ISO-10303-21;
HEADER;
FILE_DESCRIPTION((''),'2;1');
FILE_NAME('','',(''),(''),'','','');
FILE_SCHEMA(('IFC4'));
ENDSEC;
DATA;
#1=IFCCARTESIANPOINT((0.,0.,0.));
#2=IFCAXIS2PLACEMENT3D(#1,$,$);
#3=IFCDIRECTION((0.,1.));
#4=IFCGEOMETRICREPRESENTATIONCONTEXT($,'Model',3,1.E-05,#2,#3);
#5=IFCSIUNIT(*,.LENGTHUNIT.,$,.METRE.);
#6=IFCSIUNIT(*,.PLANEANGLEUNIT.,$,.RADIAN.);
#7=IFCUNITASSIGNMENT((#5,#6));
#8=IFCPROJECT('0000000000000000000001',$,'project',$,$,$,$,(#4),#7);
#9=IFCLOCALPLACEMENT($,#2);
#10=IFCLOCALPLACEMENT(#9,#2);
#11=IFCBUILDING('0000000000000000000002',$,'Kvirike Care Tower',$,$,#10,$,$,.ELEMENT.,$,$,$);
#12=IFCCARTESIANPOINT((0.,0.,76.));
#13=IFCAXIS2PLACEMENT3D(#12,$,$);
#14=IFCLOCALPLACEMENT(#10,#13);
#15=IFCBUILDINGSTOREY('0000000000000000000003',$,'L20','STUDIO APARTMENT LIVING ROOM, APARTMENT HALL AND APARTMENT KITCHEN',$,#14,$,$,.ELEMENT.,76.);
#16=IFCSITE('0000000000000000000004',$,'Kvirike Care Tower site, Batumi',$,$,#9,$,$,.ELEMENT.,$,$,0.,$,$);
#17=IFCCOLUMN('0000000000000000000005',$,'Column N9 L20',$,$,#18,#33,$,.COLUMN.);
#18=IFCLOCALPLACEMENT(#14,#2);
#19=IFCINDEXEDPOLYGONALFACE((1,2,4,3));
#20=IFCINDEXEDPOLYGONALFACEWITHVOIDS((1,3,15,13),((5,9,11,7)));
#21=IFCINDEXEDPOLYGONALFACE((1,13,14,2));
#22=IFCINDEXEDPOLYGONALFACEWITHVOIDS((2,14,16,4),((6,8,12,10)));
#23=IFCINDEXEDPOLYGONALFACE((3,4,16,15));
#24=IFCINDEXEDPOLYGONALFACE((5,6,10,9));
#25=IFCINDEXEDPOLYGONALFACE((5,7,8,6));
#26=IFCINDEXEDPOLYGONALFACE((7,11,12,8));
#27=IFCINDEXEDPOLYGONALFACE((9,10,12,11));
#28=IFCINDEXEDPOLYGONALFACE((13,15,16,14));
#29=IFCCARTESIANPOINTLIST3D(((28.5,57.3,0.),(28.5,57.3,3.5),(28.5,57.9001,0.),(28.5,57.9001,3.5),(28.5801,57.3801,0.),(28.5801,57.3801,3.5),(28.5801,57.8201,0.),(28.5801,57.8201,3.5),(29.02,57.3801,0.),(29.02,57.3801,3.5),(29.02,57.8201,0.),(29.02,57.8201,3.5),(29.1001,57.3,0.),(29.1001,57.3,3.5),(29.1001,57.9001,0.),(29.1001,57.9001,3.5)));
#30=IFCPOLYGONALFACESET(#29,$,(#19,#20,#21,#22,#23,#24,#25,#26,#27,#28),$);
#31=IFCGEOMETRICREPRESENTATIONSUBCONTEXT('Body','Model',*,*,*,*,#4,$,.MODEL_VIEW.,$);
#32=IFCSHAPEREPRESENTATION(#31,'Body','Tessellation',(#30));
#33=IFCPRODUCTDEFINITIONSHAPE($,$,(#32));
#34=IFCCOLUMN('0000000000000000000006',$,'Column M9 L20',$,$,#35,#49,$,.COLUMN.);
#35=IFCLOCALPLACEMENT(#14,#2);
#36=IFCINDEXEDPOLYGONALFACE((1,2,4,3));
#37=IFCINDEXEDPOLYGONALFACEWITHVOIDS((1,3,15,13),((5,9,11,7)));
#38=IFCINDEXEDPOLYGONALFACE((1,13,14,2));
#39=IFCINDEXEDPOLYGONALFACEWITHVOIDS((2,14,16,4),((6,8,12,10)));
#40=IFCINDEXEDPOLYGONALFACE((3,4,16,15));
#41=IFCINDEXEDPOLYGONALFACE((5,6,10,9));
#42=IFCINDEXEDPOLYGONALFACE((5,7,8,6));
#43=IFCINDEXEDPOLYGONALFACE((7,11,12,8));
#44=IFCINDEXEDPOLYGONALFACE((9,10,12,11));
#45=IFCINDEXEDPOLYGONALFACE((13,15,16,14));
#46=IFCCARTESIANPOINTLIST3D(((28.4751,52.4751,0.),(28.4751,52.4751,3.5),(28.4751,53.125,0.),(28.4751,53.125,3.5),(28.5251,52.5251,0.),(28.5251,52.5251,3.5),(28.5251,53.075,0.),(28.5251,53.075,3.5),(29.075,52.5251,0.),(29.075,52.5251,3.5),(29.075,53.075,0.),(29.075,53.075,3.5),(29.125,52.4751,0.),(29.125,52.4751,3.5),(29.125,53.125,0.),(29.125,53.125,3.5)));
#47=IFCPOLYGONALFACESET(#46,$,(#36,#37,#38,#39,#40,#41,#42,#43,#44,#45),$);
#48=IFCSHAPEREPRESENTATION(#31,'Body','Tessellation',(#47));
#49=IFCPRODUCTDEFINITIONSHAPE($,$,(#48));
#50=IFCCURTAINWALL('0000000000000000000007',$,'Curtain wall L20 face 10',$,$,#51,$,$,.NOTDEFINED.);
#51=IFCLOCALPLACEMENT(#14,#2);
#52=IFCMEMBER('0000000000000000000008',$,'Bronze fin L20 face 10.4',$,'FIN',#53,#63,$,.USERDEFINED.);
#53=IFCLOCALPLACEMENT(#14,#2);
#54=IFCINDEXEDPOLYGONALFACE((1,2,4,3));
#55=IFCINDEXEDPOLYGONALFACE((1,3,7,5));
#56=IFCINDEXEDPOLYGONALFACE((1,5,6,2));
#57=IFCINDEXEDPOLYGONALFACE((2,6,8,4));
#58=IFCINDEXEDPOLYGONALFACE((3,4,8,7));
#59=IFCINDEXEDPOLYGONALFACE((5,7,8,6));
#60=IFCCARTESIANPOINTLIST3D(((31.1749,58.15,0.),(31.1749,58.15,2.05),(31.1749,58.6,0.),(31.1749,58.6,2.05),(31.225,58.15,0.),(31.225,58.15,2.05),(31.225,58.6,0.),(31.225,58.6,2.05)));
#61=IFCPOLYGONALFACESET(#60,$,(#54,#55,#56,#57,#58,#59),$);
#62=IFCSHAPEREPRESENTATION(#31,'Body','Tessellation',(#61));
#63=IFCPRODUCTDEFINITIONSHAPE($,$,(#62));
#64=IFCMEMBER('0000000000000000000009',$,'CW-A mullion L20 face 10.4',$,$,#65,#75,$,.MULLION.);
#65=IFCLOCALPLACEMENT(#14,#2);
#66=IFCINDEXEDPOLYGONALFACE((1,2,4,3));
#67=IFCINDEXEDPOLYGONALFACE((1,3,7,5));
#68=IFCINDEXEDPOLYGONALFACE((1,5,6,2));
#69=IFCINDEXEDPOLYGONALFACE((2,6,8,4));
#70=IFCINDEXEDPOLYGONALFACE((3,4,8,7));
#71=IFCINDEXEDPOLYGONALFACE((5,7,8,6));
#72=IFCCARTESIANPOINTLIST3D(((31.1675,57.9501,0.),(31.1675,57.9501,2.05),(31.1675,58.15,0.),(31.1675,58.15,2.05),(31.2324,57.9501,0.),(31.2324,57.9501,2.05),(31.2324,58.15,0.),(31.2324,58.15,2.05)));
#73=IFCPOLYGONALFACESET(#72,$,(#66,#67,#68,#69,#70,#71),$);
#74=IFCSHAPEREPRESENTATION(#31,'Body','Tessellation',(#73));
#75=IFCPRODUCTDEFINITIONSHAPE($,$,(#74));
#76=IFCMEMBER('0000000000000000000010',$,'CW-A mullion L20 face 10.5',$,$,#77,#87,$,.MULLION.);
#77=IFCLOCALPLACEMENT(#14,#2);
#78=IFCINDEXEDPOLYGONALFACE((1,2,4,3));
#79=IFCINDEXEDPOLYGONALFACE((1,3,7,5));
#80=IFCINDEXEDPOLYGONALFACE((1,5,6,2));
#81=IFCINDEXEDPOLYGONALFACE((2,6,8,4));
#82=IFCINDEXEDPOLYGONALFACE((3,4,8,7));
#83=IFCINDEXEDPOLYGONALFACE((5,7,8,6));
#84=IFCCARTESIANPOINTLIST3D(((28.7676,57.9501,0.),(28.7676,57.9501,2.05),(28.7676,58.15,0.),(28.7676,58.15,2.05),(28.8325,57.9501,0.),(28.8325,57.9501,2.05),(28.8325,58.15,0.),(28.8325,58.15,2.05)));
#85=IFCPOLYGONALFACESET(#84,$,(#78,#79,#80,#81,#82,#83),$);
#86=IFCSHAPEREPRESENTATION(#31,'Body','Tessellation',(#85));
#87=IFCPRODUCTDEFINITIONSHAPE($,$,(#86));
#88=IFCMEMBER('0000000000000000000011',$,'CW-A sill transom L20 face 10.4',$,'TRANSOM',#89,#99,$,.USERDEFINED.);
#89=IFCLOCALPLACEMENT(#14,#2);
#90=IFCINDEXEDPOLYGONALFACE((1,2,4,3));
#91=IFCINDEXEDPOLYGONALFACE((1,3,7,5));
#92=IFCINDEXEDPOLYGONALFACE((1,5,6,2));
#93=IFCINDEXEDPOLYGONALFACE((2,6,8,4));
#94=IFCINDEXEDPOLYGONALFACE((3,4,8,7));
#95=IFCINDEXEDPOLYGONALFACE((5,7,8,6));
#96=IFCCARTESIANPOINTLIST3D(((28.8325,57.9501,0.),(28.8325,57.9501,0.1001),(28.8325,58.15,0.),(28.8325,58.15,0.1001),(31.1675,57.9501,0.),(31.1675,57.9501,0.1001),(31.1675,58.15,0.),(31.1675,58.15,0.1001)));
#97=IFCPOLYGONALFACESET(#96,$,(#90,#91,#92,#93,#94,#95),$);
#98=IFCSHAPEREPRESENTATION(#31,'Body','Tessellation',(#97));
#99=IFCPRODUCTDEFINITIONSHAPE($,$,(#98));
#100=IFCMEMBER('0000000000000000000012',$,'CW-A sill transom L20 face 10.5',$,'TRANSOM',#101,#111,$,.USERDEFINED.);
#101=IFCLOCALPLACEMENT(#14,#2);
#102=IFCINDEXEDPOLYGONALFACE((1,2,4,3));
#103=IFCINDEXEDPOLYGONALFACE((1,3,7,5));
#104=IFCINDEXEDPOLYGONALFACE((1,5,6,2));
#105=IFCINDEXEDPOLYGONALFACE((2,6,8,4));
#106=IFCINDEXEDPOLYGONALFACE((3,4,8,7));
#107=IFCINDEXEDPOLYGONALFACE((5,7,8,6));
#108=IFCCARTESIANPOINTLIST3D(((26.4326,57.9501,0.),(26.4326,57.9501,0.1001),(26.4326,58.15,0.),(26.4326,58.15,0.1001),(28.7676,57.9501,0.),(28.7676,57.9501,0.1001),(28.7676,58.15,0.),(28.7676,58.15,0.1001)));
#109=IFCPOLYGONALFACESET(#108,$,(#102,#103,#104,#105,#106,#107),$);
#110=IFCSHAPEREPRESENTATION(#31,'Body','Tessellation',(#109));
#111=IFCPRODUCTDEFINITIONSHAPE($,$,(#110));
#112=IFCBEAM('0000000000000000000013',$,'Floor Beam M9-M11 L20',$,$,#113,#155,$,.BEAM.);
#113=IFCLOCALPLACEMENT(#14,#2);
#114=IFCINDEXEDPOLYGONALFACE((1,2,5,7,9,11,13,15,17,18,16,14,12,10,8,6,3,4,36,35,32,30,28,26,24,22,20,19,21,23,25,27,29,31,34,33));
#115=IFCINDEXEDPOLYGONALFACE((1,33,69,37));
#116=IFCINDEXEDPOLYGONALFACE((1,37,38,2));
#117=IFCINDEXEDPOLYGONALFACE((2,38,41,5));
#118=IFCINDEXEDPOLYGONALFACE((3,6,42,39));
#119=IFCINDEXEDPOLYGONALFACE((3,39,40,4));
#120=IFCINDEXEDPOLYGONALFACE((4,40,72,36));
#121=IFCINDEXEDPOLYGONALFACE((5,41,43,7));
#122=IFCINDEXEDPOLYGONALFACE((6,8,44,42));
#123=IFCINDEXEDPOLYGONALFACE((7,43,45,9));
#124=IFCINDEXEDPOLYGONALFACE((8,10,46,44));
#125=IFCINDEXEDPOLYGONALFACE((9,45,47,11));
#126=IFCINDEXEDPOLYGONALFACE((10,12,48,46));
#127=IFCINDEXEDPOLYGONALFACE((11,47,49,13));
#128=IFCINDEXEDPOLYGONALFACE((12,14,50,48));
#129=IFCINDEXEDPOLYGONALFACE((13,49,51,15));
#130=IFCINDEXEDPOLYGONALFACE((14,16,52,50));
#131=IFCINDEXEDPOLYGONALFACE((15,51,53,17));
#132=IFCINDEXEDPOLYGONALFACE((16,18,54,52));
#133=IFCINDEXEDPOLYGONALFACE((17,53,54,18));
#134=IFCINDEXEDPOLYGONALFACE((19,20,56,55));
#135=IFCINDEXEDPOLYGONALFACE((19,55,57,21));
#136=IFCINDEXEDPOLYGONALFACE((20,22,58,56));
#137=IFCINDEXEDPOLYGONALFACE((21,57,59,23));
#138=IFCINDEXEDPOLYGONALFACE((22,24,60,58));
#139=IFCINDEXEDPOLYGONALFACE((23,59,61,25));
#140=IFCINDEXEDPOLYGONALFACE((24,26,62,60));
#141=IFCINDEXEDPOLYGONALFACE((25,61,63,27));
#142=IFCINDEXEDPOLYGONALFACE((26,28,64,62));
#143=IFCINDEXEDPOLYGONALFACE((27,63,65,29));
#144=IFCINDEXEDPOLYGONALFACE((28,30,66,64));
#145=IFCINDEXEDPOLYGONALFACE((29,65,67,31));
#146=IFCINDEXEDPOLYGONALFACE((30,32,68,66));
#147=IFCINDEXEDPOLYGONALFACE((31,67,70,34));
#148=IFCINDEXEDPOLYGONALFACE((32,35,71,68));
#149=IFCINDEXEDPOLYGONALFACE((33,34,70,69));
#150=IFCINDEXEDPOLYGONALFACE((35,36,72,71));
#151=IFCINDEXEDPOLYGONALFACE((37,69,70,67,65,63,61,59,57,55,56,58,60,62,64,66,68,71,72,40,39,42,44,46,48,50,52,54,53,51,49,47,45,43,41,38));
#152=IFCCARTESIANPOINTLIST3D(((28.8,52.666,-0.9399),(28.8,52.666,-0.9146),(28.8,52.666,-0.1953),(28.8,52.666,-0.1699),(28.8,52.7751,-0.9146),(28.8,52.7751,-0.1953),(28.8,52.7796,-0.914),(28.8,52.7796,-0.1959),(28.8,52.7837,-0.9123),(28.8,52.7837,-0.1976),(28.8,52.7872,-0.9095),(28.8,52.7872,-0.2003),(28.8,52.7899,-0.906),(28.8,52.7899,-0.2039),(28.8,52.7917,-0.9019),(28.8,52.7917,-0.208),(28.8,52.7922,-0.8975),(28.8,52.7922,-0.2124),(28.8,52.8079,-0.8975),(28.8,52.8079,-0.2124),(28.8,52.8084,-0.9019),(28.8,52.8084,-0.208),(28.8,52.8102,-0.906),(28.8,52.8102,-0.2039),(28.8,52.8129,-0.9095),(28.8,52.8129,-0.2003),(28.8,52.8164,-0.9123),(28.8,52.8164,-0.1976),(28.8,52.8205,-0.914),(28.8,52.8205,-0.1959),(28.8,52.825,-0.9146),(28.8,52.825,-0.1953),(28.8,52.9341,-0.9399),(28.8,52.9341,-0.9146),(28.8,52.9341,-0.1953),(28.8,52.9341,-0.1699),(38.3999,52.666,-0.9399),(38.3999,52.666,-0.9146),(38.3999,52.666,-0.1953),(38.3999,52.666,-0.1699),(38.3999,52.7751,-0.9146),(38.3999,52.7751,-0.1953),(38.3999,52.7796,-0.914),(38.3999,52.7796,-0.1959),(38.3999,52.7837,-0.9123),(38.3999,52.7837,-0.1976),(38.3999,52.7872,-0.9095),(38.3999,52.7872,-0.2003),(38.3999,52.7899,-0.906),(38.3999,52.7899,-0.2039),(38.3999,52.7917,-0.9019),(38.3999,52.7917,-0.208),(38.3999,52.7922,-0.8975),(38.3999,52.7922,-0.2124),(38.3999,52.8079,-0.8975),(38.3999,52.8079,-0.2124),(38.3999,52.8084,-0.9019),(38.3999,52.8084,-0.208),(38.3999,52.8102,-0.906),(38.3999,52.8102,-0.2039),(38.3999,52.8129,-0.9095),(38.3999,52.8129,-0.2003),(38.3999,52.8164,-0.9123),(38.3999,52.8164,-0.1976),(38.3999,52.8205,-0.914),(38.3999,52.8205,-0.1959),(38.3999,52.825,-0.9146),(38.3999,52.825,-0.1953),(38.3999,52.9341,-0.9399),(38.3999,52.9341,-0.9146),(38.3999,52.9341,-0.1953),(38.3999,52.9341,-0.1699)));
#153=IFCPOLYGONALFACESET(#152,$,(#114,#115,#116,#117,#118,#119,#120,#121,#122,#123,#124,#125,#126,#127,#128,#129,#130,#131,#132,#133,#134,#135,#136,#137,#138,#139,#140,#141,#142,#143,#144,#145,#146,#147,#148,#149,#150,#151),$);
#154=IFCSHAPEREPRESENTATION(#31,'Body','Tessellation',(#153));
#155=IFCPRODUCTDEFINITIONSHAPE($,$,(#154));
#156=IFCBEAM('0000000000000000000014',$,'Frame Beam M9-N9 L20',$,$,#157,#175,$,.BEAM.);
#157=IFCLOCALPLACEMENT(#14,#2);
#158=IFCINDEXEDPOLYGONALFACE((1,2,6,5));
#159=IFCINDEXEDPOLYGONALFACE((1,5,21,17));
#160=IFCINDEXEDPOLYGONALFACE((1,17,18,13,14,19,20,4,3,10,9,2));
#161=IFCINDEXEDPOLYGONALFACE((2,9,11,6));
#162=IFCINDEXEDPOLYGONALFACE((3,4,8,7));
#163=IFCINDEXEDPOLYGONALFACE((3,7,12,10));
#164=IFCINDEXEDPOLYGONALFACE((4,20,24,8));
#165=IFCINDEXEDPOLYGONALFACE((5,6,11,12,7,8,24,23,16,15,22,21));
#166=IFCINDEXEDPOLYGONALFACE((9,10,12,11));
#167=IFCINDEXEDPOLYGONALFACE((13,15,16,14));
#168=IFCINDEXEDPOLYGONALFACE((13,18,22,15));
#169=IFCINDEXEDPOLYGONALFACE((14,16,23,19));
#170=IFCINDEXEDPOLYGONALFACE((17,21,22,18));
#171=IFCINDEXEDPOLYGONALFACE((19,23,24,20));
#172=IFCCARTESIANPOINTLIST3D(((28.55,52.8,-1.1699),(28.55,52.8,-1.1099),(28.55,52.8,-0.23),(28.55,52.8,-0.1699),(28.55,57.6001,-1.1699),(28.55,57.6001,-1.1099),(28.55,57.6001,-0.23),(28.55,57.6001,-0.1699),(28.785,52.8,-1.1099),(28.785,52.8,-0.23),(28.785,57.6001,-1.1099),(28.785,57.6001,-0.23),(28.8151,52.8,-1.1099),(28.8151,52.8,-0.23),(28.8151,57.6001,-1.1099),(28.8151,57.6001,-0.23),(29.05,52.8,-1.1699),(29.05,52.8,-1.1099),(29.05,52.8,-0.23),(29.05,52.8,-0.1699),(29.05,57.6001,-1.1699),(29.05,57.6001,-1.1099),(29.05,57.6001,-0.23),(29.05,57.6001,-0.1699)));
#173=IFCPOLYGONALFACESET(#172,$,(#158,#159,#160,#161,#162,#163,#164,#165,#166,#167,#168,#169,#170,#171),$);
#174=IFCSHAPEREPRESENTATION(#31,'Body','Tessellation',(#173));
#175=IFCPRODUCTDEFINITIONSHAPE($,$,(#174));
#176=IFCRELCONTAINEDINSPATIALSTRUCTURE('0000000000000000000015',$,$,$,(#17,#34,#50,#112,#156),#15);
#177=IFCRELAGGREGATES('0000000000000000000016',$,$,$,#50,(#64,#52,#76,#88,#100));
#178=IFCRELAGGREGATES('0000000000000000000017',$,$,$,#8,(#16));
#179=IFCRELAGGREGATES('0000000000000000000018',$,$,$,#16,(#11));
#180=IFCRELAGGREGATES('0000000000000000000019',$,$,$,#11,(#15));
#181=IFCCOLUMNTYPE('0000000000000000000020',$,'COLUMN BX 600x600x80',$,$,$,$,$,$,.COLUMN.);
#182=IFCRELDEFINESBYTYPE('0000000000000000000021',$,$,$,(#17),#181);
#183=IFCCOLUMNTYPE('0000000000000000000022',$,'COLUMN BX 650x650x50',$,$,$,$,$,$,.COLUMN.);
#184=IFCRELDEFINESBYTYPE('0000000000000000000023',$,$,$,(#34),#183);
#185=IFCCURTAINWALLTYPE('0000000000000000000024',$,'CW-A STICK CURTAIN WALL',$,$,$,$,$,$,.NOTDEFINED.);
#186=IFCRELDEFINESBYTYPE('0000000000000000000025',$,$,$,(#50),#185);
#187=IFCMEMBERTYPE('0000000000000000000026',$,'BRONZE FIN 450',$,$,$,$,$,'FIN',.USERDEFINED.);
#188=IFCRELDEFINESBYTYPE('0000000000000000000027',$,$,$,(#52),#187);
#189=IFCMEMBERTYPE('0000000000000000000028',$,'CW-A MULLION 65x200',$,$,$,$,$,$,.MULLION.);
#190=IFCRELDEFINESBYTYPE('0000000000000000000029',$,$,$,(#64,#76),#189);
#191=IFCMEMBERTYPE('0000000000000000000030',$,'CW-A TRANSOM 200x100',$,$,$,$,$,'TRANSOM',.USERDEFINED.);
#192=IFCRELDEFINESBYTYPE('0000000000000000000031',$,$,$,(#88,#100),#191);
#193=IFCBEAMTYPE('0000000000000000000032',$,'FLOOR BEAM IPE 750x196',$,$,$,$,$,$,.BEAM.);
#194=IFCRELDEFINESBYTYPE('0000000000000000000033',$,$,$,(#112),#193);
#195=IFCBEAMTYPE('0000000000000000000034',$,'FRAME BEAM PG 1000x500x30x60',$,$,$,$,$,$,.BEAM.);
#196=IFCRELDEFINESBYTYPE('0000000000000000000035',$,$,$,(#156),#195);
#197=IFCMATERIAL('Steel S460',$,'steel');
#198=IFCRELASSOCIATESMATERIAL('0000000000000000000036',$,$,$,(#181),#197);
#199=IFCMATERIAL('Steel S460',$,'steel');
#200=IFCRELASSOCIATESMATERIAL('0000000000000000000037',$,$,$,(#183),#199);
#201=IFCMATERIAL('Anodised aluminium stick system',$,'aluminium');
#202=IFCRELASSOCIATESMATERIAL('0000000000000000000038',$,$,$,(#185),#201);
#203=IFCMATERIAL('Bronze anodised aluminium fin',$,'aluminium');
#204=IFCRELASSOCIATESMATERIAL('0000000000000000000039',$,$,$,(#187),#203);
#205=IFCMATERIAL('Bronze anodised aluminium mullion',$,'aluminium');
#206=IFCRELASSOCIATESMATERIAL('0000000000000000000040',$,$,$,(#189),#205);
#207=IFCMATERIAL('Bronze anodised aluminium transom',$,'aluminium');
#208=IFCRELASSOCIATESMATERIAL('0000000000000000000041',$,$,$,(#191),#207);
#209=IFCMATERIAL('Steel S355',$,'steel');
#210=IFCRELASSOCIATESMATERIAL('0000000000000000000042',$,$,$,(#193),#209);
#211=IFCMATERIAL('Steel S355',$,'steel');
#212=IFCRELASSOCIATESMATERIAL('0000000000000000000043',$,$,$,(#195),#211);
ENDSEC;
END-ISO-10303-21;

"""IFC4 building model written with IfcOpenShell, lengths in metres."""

from ifc_helpers import new_model, si_unit, direction, frame, origin, origin_2d, place, context, subcontext, project, spatial, rectangle, hollow_rectangle, i_section, extrude, material, material_profile, profile_set, type_object, element, aggregate, save


model = new_model("IFC4")

# Units and contexts
model_context = context("Model", 3, precision=1e-05, world=origin(), true_north=direction((0.0, 1.0)))
body_context = subcontext(model_context, "Body", "Model", "MODEL_VIEW")
ifc_project = project(units=[si_unit("LENGTHUNIT", "METRE"), si_unit("PLANEANGLEUNIT", "RADIAN")], contexts=[model_context])

# Site, building, storey
site_placement = place(None, origin())
site = spatial("IfcSite", under=ifc_project, at=site_placement, Name="Kvirike Care Tower site, Batumi", CompositionType="ELEMENT", RefElevation=0.0)
building_placement = place(site_placement, origin())
building = spatial("IfcBuilding", under=site, at=building_placement, Name="Kvirike Care Tower", CompositionType="ELEMENT")
storey_placement = place(building_placement, frame((0.0, 0.0, 76.0)))
storey = spatial("IfcBuildingStorey", under=building, at=storey_placement, Name="L20", Description="STUDIO APARTMENT LIVING ROOM, APARTMENT HALL AND APARTMENT KITCHEN", CompositionType="ELEMENT", Elevation=76.0)

# Columns
ifc_material_1 = material(Name="Steel S460", Category="steel")
ifc_material_profile_1 = material_profile(ifc_material_1, hollow_rectangle(XDim=0.6001, YDim=0.6001, WallThickness=0.0801, at=origin_2d()), Name="BX 600x600x80")
ifc_profile_set_1 = profile_set([ifc_material_profile_1], Name="Steel S460")
column_type_1 = type_object("IfcColumnType", Name="COLUMN BX 600x600x80", PredefinedType="COLUMN", material=ifc_profile_set_1)
column_1_placement = place(storey_placement, frame((28.8, 57.6001, 0.0), z_axis=(0.0, 0.0, 1.0), x_axis=(0.0, 1.0, 0.0)))
element("IfcColumn", 1, at=column_1_placement, inside=storey, type_object=column_type_1, Name="Column N9 L20", PredefinedType="COLUMN", context=body_context, shape_type="SweptSolid", body=[
    extrude(hollow_rectangle(XDim=0.6001, YDim=0.6001, WallThickness=0.0801, at=origin_2d()), origin(), (0.0, 0.0, 1.0), 3.5),
])
ifc_material_2 = material(Name="Steel S460", Category="steel")
ifc_material_profile_2 = material_profile(ifc_material_2, hollow_rectangle(XDim=0.6499, YDim=0.6499, WallThickness=0.05, at=origin_2d()), Name="BX 650x650x50")
ifc_profile_set_2 = profile_set([ifc_material_profile_2], Name="Steel S460")
column_type_2 = type_object("IfcColumnType", Name="COLUMN BX 650x650x50", PredefinedType="COLUMN", material=ifc_profile_set_2)
column_2_placement = place(storey_placement, frame((28.8, 52.8, 0.0), z_axis=(0.0, 0.0, 1.0), x_axis=(1.0, 0.0, 0.0)))
element("IfcColumn", 2, at=column_2_placement, inside=storey, type_object=column_type_2, Name="Column M9 L20", PredefinedType="COLUMN", context=body_context, shape_type="SweptSolid", body=[
    extrude(hollow_rectangle(XDim=0.6499, YDim=0.6499, WallThickness=0.05, at=origin_2d()), origin(), (0.0, 0.0, 1.0), 3.5),
])

# Curtain wall, members
ifc_material_3 = material(Name="Anodised aluminium stick system", Category="aluminium")
curtain_wall_type = type_object("IfcCurtainWallType", Name="CW-A STICK CURTAIN WALL", PredefinedType="NOTDEFINED", material=ifc_material_3)
curtain_wall_placement = place(storey_placement, origin())
curtain_wall = element("IfcCurtainWall", 3, at=curtain_wall_placement, inside=storey, type_object=curtain_wall_type, Name="Curtain wall L20 face 10", PredefinedType="NOTDEFINED")
ifc_material_4 = material(Name="Bronze anodised aluminium fin", Category="aluminium")
ifc_material_profile_3 = material_profile(ifc_material_4, rectangle(XDim=0.05, YDim=0.45, at=origin_2d()), Name="BRONZE FIN 450")
ifc_profile_set_3 = profile_set([ifc_material_profile_3], Name="Bronze anodised aluminium fin")
member_type_1 = type_object("IfcMemberType", Name="BRONZE FIN 450", ElementType="FIN", PredefinedType="USERDEFINED", material=ifc_profile_set_3)
member_1_placement = place(storey_placement, frame((31.2, 58.375, 0.0), z_axis=(0.0, 0.0, 1.0), x_axis=(-1.0, 0.0, 0.0)))
member_1 = element("IfcMember", 4, at=member_1_placement, type_object=member_type_1, Name="Bronze fin L20 face 10.4", ObjectType="FIN", PredefinedType="USERDEFINED", context=body_context, shape_type="SweptSolid", body=[
    extrude(rectangle(XDim=0.05, YDim=0.45, at=origin_2d()), origin(), (0.0, 0.0, 1.0), 2.05),
])
ifc_material_5 = material(Name="Bronze anodised aluminium mullion", Category="aluminium")
ifc_material_profile_4 = material_profile(ifc_material_5, rectangle(XDim=0.0649, YDim=0.2, at=origin_2d()), Name="CW-A MULLION 65x200")
ifc_profile_set_4 = profile_set([ifc_material_profile_4], Name="Bronze anodised aluminium mullion")
member_type_2 = type_object("IfcMemberType", Name="CW-A MULLION 65x200", PredefinedType="MULLION", material=ifc_profile_set_4)
member_2_placement = place(storey_placement, frame((31.2, 58.05, 0.0), z_axis=(0.0, 0.0, 1.0), x_axis=(-1.0, 0.0, 0.0)))
member_2 = element("IfcMember", 5, at=member_2_placement, type_object=member_type_2, Name="CW-A mullion L20 face 10.4", PredefinedType="MULLION", context=body_context, shape_type="SweptSolid", body=[
    extrude(rectangle(XDim=0.0649, YDim=0.2, at=origin_2d()), origin(), (0.0, 0.0, 1.0), 2.05),
])
member_3_placement = place(storey_placement, frame((28.8, 58.05, 0.0), z_axis=(0.0, 0.0, 1.0), x_axis=(-1.0, 0.0, 0.0)))
member_3 = element("IfcMember", 6, at=member_3_placement, type_object=member_type_2, Name="CW-A mullion L20 face 10.5", PredefinedType="MULLION", context=body_context, shape_type="SweptSolid", body=[
    extrude(rectangle(XDim=0.0649, YDim=0.2, at=origin_2d()), origin(), (0.0, 0.0, 1.0), 2.05),
])
ifc_material_6 = material(Name="Bronze anodised aluminium transom", Category="aluminium")
ifc_material_profile_5 = material_profile(ifc_material_6, rectangle(XDim=0.2, YDim=0.1001, at=origin_2d()), Name="CW-A TRANSOM 200x100")
ifc_profile_set_5 = profile_set([ifc_material_profile_5], Name="Bronze anodised aluminium transom")
member_type_3 = type_object("IfcMemberType", Name="CW-A TRANSOM 200x100", ElementType="TRANSOM", PredefinedType="USERDEFINED", material=ifc_profile_set_5)
member_4_placement = place(storey_placement, frame((31.1675, 58.05, 0.05), z_axis=(-1.0, 0.0, 0.0), x_axis=(0.0, -1.0, 0.0)))
member_4 = element("IfcMember", 7, at=member_4_placement, type_object=member_type_3, Name="CW-A sill transom L20 face 10.4", ObjectType="TRANSOM", PredefinedType="USERDEFINED", context=body_context, shape_type="SweptSolid", body=[
    extrude(rectangle(XDim=0.2, YDim=0.1001, at=origin_2d()), origin(), (0.0, 0.0, 1.0), 2.335),
])
member_5_placement = place(storey_placement, frame((28.7676, 58.05, 0.05), z_axis=(-1.0, 0.0, 0.0), x_axis=(0.0, -1.0, 0.0)))
member_5 = element("IfcMember", 8, at=member_5_placement, type_object=member_type_3, Name="CW-A sill transom L20 face 10.5", ObjectType="TRANSOM", PredefinedType="USERDEFINED", context=body_context, shape_type="SweptSolid", body=[
    extrude(rectangle(XDim=0.2, YDim=0.1001, at=origin_2d()), origin(), (0.0, 0.0, 1.0), 2.335),
])

# Beams
ifc_material_7 = material(Name="Steel S355", Category="steel")
ifc_material_profile_6 = material_profile(ifc_material_7, i_section(OverallWidth=0.2681, OverallDepth=0.77, WebThickness=0.0156, FlangeThickness=0.0254, FilletRadius=0.0171, at=origin_2d()), Name="IPE 750x196")
ifc_profile_set_6 = profile_set([ifc_material_profile_6], Name="Steel S355")
beam_type_1 = type_object("IfcBeamType", Name="FLOOR BEAM IPE 750x196", PredefinedType="BEAM", material=ifc_profile_set_6)
beam_1_placement = place(storey_placement, frame((28.8, 52.8, -0.5549), z_axis=(1.0, 0.0, 0.0), x_axis=(0.0, 1.0, 0.0)))
element("IfcBeam", 9, at=beam_1_placement, inside=storey, type_object=beam_type_1, Name="Floor Beam M9-M11 L20", PredefinedType="BEAM", context=body_context, shape_type="SweptSolid", body=[
    extrude(i_section(OverallWidth=0.2681, OverallDepth=0.77, WebThickness=0.0156, FlangeThickness=0.0254, FilletRadius=0.0171, at=origin_2d()), origin(), (0.0, 0.0, 1.0), 9.5999),
])
ifc_material_8 = material(Name="Steel S355", Category="steel")
ifc_material_profile_7 = material_profile(ifc_material_8, i_section(OverallWidth=0.5, OverallDepth=1.0, WebThickness=0.03, FlangeThickness=0.0601, at=origin_2d()), Name="PG 1000x500x30x60")
ifc_profile_set_7 = profile_set([ifc_material_profile_7], Name="Steel S355")
beam_type_2 = type_object("IfcBeamType", Name="FRAME BEAM PG 1000x500x30x60", PredefinedType="BEAM", material=ifc_profile_set_7)
beam_2_placement = place(storey_placement, frame((28.8, 52.8, -0.6699), z_axis=(0.0, 1.0, 0.0), x_axis=(-1.0, 0.0, 0.0)))
element("IfcBeam", 10, at=beam_2_placement, inside=storey, type_object=beam_type_2, Name="Frame Beam M9-N9 L20", PredefinedType="BEAM", context=body_context, shape_type="SweptSolid", body=[
    extrude(i_section(OverallWidth=0.5, OverallDepth=1.0, WebThickness=0.03, FlangeThickness=0.0601, at=origin_2d()), origin(), (0.0, 0.0, 1.0), 4.8),
])

aggregate(curtain_wall, [member_2, member_1, member_3, member_4, member_5])

save(model, "model.ifc")
